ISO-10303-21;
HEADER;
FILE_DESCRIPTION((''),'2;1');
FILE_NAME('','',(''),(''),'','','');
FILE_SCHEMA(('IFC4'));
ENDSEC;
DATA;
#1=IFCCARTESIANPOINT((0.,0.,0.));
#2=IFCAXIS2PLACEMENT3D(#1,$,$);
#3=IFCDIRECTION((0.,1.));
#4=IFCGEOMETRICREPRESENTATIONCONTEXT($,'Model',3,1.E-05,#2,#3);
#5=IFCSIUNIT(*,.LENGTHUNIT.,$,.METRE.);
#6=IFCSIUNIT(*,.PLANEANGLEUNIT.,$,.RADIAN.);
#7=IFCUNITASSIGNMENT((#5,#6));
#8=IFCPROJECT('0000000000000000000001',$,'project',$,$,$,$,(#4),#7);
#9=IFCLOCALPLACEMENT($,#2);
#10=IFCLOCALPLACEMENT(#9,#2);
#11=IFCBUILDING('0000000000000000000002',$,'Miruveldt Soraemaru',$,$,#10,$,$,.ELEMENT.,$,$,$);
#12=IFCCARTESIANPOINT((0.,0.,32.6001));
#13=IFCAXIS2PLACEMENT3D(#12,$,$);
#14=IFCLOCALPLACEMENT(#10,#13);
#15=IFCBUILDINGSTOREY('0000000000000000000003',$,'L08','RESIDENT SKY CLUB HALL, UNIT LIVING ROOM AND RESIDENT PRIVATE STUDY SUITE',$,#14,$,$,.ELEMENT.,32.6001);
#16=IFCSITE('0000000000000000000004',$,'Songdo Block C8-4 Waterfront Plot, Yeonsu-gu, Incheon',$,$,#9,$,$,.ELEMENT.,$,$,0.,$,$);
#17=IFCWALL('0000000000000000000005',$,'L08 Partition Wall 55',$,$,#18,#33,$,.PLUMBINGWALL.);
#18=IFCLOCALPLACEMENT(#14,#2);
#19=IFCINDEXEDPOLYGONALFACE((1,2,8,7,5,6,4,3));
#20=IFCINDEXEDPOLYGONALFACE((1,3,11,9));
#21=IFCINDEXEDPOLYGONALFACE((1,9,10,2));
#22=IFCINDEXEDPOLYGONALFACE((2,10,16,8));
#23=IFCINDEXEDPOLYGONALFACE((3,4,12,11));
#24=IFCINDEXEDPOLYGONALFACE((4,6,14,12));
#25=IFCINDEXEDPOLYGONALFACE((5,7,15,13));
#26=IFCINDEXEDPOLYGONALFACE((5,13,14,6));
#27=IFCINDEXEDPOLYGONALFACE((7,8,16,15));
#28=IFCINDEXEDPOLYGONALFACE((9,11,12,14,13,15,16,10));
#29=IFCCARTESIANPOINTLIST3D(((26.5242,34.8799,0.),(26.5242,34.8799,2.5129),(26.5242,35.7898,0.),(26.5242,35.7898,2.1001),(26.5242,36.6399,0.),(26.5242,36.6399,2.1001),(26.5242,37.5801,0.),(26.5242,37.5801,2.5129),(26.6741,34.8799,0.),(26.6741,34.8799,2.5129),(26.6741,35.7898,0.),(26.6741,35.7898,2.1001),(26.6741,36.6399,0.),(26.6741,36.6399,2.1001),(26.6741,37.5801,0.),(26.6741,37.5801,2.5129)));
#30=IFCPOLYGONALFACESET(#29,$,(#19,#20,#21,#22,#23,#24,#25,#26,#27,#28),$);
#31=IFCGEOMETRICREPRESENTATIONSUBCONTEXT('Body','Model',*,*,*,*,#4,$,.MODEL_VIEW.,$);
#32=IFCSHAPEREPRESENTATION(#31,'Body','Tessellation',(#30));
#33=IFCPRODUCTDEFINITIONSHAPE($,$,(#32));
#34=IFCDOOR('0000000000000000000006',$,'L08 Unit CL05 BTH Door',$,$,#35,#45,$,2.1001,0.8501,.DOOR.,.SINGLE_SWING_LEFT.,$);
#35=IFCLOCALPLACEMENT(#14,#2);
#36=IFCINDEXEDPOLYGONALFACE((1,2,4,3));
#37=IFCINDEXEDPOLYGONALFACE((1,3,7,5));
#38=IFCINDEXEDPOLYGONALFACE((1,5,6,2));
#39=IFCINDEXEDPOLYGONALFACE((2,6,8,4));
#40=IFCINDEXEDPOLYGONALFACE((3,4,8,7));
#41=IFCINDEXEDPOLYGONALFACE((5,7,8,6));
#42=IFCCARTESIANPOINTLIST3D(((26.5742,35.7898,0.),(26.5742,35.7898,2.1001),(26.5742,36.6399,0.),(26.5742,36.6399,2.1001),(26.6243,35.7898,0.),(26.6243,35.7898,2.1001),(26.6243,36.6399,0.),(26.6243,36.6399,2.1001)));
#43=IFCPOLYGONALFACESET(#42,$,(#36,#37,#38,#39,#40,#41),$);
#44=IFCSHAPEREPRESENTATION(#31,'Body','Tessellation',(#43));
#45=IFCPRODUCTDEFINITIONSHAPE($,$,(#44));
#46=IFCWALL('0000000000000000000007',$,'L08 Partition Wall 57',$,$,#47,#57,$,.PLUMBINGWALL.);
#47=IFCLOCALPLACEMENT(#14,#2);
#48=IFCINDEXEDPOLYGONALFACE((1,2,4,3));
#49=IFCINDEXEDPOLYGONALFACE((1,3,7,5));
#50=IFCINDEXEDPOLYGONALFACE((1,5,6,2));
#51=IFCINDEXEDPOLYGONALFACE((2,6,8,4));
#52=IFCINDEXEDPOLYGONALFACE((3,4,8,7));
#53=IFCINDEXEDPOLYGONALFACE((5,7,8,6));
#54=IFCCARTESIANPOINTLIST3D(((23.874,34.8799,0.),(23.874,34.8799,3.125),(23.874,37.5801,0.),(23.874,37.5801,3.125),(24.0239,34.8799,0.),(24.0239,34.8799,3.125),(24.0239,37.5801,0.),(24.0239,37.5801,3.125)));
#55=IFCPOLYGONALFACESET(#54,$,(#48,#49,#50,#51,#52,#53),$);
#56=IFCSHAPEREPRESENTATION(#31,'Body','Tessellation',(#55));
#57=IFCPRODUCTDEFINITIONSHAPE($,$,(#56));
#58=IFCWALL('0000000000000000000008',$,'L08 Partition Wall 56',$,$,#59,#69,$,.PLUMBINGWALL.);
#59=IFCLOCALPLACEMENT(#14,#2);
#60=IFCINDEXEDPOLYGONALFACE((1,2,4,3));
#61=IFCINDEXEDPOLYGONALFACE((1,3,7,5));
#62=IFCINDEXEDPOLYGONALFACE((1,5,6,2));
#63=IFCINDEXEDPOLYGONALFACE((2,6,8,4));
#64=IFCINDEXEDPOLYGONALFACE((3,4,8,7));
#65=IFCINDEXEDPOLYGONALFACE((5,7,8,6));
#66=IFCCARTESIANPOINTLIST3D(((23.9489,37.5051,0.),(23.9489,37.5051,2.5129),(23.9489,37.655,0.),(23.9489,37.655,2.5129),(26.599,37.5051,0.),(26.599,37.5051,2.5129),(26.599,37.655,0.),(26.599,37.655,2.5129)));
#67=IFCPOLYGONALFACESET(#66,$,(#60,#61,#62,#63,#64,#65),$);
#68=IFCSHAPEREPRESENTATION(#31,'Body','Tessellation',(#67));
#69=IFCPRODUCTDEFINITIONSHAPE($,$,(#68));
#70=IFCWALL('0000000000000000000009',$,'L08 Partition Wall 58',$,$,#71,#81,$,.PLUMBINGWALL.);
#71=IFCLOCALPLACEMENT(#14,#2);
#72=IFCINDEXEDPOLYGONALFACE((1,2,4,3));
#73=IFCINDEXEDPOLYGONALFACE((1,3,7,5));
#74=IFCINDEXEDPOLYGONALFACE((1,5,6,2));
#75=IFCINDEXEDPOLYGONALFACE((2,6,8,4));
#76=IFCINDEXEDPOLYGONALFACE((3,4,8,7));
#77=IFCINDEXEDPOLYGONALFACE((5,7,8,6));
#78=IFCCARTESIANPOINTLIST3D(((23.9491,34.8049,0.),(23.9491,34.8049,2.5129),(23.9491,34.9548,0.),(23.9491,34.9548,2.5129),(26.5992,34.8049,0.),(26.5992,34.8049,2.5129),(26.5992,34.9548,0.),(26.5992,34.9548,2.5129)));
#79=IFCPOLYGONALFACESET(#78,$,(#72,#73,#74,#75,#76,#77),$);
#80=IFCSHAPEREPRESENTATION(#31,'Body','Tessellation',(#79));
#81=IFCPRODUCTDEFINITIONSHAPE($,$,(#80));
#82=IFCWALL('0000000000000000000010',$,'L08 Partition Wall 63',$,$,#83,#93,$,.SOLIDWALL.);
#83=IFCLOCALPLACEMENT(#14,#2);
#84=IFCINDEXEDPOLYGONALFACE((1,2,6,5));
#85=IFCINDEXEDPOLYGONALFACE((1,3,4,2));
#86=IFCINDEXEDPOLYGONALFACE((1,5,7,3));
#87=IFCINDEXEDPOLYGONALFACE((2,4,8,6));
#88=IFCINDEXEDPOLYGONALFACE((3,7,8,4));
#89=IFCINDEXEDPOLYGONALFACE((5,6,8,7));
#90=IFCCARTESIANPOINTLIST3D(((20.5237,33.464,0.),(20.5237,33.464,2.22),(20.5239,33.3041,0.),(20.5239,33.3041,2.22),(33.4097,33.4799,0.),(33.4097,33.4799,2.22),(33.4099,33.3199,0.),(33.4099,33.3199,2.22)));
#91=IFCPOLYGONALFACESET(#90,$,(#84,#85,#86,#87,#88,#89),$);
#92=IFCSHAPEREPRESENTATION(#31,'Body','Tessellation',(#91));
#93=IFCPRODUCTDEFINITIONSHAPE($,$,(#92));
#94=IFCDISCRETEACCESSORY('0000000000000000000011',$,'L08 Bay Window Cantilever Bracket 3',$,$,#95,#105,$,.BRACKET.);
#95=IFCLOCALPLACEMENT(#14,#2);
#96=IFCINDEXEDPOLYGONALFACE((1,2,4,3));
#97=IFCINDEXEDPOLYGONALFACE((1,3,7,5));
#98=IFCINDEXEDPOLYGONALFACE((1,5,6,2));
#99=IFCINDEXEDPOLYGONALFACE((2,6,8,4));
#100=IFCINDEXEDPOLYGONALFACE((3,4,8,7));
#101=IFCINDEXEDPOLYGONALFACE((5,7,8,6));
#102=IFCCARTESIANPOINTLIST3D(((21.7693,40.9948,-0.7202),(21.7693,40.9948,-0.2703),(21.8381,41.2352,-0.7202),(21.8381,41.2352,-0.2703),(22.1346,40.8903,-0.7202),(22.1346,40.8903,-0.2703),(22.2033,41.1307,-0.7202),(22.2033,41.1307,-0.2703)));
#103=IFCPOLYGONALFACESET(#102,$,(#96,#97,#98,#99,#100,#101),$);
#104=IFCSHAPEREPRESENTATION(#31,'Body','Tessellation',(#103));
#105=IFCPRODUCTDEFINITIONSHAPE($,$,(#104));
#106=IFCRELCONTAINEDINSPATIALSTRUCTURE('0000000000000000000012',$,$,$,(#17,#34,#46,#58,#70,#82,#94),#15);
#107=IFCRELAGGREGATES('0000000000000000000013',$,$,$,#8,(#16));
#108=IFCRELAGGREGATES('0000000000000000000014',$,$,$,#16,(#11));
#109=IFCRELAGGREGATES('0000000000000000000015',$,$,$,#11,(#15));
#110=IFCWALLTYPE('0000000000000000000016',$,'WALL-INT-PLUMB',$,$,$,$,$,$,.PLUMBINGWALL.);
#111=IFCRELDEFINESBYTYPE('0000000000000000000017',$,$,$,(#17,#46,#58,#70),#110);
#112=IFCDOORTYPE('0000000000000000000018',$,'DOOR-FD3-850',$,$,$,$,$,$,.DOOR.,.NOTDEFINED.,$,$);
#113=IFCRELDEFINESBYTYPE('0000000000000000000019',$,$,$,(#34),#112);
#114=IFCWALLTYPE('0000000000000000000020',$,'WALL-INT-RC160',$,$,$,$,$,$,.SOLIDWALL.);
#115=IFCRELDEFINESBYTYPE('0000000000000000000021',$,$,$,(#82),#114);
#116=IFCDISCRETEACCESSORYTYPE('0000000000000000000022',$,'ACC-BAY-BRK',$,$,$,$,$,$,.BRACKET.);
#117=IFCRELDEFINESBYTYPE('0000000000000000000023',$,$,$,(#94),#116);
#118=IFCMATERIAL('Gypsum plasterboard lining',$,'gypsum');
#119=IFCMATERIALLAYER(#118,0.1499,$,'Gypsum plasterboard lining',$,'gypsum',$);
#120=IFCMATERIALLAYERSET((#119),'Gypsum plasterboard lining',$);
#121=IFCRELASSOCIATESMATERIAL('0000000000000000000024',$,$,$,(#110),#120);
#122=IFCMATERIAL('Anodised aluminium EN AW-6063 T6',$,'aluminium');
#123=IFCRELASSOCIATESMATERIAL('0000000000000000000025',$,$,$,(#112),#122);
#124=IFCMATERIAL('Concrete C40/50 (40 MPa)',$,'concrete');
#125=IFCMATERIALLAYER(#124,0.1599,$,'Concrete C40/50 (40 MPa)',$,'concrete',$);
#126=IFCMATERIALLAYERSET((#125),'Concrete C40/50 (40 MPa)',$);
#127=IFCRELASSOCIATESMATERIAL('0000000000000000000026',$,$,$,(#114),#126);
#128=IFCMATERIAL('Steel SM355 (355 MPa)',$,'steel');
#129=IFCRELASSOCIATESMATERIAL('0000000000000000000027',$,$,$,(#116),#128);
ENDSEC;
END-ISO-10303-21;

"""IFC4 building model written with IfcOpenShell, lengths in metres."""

from ifc_helpers import new_model, si_unit, direction, frame, frame_2d, origin, origin_2d, place, context, subcontext, project, spatial, rectangle, extrude, material, layer, layer_set, type_object, element, fill, save


model = new_model("IFC4")

# Units and contexts
model_context = context("Model", 3, precision=1e-05, world=origin(), true_north=direction((0.0, 1.0)))
body_context = subcontext(model_context, "Body", "Model", "MODEL_VIEW")
ifc_project = project(units=[si_unit("LENGTHUNIT", "METRE"), si_unit("PLANEANGLEUNIT", "RADIAN")], contexts=[model_context])

# Site, building, storey
site_placement = place(None, origin())
site = spatial("IfcSite", under=ifc_project, at=site_placement, Name="Songdo Block C8-4 Waterfront Plot, Yeonsu-gu, Incheon", CompositionType="ELEMENT", RefElevation=0.0)
building_placement = place(site_placement, origin())
building = spatial("IfcBuilding", under=site, at=building_placement, Name="Miruveldt Soraemaru", CompositionType="ELEMENT")
storey_placement = place(building_placement, frame((0.0, 0.0, 32.6001)))
storey = spatial("IfcBuildingStorey", under=building, at=storey_placement, Name="L08", Description="RESIDENT SKY CLUB HALL, UNIT LIVING ROOM AND RESIDENT PRIVATE STUDY SUITE", CompositionType="ELEMENT", Elevation=32.6001)

# Shared definitions
ifc_material_1 = material(Name="Steel SM355 (355 MPa)", Category="steel")

# Shared definitions
ifc_material_2 = material(Name="Gypsum plasterboard lining", Category="gypsum")
ifc_material_3 = material(Name="Anodised aluminium EN AW-6063 T6", Category="aluminium")

# Wall, opening, door
ifc_layer_1 = layer(ifc_material_2, 0.1499, Name="Gypsum plasterboard lining", Category="gypsum")
ifc_layer_set_1 = layer_set([ifc_layer_1], Name="Gypsum plasterboard lining")
wall_type_1 = type_object("IfcWallType", Name="WALL-INT-PLUMB", PredefinedType="PLUMBINGWALL", material=ifc_layer_set_1)
wall_1_placement = place(storey_placement, frame((26.5991, 34.8799, 0.0), z_axis=(0.0, 0.0, 1.0), x_axis=(0.0, 1.0, 0.0)))
wall_1 = element("IfcWall", 1, at=wall_1_placement, inside=storey, type_object=wall_type_1, Name="L08 Partition Wall 55", PredefinedType="PLUMBINGWALL", context=body_context, shape_type="SweptSolid", body=[
    extrude(rectangle(XDim=2.7002, YDim=0.1499, at=frame_2d((1.3501, 0.0))), origin(), (0.0, 0.0, 1.0), 2.5129),
])
opening_1_placement = place(wall_1_placement, frame((0.9099, 0.0, 0.0)))
opening_1 = element("IfcOpeningElement", 2, at=opening_1_placement, cuts=wall_1, PredefinedType="OPENING", context=body_context, shape_type="SweptSolid", body=[
    extrude(rectangle(XDim=0.8501, YDim=2.1001, at=frame_2d((0.425, 1.05))), frame((0.0, 0.085, 0.0), z_axis=(0.0, -1.0, 0.0), x_axis=(1.0, 0.0, 0.0)), (0.0, 0.0, 1.0), 0.1699),
])
door_type_1 = type_object("IfcDoorType", Name="DOOR-FD3-850", OperationType="NOTDEFINED", PredefinedType="DOOR", material=ifc_material_3)
door_1_placement = place(opening_1_placement, origin())
door_1 = element("IfcDoor", 3, at=door_1_placement, inside=storey, type_object=door_type_1, Name="L08 Unit CL05 BTH Door", OperationType="SINGLE_SWING_LEFT", OverallHeight=2.1001, OverallWidth=0.8501, PredefinedType="DOOR", context=body_context, shape_type="SweptSolid", body=[
    extrude(rectangle(XDim=0.8501, YDim=2.1001, at=frame_2d((0.425, 1.05))), frame((0.0, 0.0249, 0.0), z_axis=(0.0, -1.0, 0.0), x_axis=(1.0, 0.0, 0.0)), (0.0, 0.0, 1.0), 0.05),
])
fill(opening_1, door_1)

# Walls
wall_2_placement = place(storey_placement, frame((23.949, 37.5801, 0.0), z_axis=(0.0, 0.0, 1.0), x_axis=(0.0, -1.0, 0.0)))
element("IfcWall", 4, at=wall_2_placement, inside=storey, type_object=wall_type_1, Name="L08 Partition Wall 57", PredefinedType="PLUMBINGWALL", context=body_context, shape_type="SweptSolid", body=[
    extrude(rectangle(XDim=2.7002, YDim=0.1499, at=frame_2d((1.3501, 0.0))), origin(), (0.0, 0.0, 1.0), 3.125),
])
for number, where, z_axis, x_axis, name in (
    (5, (26.5991, 37.5801, 0.0), (0.0, 0.0, 1.0), (-1.0, 0.0, 0.0), "L08 Partition Wall 56"),
    (6, (23.949, 34.8799, 0.0), (0.0, 0.0, 1.0), (1.0, 0.0, 0.0), "L08 Partition Wall 58"),
):
    element("IfcWall", number, at=place(storey_placement, frame(where, z_axis=z_axis, x_axis=x_axis)), inside=storey, type_object=wall_type_1, Name=name, PredefinedType="PLUMBINGWALL", context=body_context, shape_type="SweptSolid", body=[
        extrude(rectangle(XDim=2.6501, YDim=0.1499, at=frame_2d((1.3252, 0.0))), origin(), (0.0, 0.0, 1.0), 2.5129),
    ])
ifc_material_4 = material(Name="Concrete C40/50 (40 MPa)", Category="concrete")
ifc_layer_2 = layer(ifc_material_4, 0.1599, Name="Concrete C40/50 (40 MPa)", Category="concrete")
ifc_layer_set_2 = layer_set([ifc_layer_2], Name="Concrete C40/50 (40 MPa)")
wall_type_2 = type_object("IfcWallType", Name="WALL-INT-RC160", PredefinedType="SOLIDWALL", material=ifc_layer_set_2)
wall_3_placement = place(storey_placement, frame((20.5239, 33.384, 0.0), z_axis=(0.0, 0.0, 1.0), x_axis=(0.999999, 0.001232, 0.0)))
element("IfcWall", 7, at=wall_3_placement, inside=storey, type_object=wall_type_2, Name="L08 Partition Wall 63", PredefinedType="SOLIDWALL", context=body_context, shape_type="SweptSolid", body=[
    extrude(rectangle(XDim=12.886, YDim=0.1599, at=frame_2d((6.4429, 0.0))), origin(), (0.0, 0.0, 1.0), 2.22),
])

# Discrete accessory
discrete_accessory_type = type_object("IfcDiscreteAccessoryType", Name="ACC-BAY-BRK", PredefinedType="BRACKET", material=ifc_material_1)
discrete_accessory_placement = place(storey_placement, frame((21.9863, 41.0627, -0.7202), z_axis=(0.0, 0.0, 1.0), x_axis=(-0.961449, 0.274983, 0.0)))
element("IfcDiscreteAccessory", 8, at=discrete_accessory_placement, inside=storey, type_object=discrete_accessory_type, Name="L08 Bay Window Cantilever Bracket 3", PredefinedType="BRACKET", context=body_context, shape_type="SweptSolid", body=[
    extrude(rectangle(XDim=0.3799, YDim=0.25, at=origin_2d()), origin(), (0.0, 0.0, 1.0), 0.45),
])

save(model, "model.ifc")
